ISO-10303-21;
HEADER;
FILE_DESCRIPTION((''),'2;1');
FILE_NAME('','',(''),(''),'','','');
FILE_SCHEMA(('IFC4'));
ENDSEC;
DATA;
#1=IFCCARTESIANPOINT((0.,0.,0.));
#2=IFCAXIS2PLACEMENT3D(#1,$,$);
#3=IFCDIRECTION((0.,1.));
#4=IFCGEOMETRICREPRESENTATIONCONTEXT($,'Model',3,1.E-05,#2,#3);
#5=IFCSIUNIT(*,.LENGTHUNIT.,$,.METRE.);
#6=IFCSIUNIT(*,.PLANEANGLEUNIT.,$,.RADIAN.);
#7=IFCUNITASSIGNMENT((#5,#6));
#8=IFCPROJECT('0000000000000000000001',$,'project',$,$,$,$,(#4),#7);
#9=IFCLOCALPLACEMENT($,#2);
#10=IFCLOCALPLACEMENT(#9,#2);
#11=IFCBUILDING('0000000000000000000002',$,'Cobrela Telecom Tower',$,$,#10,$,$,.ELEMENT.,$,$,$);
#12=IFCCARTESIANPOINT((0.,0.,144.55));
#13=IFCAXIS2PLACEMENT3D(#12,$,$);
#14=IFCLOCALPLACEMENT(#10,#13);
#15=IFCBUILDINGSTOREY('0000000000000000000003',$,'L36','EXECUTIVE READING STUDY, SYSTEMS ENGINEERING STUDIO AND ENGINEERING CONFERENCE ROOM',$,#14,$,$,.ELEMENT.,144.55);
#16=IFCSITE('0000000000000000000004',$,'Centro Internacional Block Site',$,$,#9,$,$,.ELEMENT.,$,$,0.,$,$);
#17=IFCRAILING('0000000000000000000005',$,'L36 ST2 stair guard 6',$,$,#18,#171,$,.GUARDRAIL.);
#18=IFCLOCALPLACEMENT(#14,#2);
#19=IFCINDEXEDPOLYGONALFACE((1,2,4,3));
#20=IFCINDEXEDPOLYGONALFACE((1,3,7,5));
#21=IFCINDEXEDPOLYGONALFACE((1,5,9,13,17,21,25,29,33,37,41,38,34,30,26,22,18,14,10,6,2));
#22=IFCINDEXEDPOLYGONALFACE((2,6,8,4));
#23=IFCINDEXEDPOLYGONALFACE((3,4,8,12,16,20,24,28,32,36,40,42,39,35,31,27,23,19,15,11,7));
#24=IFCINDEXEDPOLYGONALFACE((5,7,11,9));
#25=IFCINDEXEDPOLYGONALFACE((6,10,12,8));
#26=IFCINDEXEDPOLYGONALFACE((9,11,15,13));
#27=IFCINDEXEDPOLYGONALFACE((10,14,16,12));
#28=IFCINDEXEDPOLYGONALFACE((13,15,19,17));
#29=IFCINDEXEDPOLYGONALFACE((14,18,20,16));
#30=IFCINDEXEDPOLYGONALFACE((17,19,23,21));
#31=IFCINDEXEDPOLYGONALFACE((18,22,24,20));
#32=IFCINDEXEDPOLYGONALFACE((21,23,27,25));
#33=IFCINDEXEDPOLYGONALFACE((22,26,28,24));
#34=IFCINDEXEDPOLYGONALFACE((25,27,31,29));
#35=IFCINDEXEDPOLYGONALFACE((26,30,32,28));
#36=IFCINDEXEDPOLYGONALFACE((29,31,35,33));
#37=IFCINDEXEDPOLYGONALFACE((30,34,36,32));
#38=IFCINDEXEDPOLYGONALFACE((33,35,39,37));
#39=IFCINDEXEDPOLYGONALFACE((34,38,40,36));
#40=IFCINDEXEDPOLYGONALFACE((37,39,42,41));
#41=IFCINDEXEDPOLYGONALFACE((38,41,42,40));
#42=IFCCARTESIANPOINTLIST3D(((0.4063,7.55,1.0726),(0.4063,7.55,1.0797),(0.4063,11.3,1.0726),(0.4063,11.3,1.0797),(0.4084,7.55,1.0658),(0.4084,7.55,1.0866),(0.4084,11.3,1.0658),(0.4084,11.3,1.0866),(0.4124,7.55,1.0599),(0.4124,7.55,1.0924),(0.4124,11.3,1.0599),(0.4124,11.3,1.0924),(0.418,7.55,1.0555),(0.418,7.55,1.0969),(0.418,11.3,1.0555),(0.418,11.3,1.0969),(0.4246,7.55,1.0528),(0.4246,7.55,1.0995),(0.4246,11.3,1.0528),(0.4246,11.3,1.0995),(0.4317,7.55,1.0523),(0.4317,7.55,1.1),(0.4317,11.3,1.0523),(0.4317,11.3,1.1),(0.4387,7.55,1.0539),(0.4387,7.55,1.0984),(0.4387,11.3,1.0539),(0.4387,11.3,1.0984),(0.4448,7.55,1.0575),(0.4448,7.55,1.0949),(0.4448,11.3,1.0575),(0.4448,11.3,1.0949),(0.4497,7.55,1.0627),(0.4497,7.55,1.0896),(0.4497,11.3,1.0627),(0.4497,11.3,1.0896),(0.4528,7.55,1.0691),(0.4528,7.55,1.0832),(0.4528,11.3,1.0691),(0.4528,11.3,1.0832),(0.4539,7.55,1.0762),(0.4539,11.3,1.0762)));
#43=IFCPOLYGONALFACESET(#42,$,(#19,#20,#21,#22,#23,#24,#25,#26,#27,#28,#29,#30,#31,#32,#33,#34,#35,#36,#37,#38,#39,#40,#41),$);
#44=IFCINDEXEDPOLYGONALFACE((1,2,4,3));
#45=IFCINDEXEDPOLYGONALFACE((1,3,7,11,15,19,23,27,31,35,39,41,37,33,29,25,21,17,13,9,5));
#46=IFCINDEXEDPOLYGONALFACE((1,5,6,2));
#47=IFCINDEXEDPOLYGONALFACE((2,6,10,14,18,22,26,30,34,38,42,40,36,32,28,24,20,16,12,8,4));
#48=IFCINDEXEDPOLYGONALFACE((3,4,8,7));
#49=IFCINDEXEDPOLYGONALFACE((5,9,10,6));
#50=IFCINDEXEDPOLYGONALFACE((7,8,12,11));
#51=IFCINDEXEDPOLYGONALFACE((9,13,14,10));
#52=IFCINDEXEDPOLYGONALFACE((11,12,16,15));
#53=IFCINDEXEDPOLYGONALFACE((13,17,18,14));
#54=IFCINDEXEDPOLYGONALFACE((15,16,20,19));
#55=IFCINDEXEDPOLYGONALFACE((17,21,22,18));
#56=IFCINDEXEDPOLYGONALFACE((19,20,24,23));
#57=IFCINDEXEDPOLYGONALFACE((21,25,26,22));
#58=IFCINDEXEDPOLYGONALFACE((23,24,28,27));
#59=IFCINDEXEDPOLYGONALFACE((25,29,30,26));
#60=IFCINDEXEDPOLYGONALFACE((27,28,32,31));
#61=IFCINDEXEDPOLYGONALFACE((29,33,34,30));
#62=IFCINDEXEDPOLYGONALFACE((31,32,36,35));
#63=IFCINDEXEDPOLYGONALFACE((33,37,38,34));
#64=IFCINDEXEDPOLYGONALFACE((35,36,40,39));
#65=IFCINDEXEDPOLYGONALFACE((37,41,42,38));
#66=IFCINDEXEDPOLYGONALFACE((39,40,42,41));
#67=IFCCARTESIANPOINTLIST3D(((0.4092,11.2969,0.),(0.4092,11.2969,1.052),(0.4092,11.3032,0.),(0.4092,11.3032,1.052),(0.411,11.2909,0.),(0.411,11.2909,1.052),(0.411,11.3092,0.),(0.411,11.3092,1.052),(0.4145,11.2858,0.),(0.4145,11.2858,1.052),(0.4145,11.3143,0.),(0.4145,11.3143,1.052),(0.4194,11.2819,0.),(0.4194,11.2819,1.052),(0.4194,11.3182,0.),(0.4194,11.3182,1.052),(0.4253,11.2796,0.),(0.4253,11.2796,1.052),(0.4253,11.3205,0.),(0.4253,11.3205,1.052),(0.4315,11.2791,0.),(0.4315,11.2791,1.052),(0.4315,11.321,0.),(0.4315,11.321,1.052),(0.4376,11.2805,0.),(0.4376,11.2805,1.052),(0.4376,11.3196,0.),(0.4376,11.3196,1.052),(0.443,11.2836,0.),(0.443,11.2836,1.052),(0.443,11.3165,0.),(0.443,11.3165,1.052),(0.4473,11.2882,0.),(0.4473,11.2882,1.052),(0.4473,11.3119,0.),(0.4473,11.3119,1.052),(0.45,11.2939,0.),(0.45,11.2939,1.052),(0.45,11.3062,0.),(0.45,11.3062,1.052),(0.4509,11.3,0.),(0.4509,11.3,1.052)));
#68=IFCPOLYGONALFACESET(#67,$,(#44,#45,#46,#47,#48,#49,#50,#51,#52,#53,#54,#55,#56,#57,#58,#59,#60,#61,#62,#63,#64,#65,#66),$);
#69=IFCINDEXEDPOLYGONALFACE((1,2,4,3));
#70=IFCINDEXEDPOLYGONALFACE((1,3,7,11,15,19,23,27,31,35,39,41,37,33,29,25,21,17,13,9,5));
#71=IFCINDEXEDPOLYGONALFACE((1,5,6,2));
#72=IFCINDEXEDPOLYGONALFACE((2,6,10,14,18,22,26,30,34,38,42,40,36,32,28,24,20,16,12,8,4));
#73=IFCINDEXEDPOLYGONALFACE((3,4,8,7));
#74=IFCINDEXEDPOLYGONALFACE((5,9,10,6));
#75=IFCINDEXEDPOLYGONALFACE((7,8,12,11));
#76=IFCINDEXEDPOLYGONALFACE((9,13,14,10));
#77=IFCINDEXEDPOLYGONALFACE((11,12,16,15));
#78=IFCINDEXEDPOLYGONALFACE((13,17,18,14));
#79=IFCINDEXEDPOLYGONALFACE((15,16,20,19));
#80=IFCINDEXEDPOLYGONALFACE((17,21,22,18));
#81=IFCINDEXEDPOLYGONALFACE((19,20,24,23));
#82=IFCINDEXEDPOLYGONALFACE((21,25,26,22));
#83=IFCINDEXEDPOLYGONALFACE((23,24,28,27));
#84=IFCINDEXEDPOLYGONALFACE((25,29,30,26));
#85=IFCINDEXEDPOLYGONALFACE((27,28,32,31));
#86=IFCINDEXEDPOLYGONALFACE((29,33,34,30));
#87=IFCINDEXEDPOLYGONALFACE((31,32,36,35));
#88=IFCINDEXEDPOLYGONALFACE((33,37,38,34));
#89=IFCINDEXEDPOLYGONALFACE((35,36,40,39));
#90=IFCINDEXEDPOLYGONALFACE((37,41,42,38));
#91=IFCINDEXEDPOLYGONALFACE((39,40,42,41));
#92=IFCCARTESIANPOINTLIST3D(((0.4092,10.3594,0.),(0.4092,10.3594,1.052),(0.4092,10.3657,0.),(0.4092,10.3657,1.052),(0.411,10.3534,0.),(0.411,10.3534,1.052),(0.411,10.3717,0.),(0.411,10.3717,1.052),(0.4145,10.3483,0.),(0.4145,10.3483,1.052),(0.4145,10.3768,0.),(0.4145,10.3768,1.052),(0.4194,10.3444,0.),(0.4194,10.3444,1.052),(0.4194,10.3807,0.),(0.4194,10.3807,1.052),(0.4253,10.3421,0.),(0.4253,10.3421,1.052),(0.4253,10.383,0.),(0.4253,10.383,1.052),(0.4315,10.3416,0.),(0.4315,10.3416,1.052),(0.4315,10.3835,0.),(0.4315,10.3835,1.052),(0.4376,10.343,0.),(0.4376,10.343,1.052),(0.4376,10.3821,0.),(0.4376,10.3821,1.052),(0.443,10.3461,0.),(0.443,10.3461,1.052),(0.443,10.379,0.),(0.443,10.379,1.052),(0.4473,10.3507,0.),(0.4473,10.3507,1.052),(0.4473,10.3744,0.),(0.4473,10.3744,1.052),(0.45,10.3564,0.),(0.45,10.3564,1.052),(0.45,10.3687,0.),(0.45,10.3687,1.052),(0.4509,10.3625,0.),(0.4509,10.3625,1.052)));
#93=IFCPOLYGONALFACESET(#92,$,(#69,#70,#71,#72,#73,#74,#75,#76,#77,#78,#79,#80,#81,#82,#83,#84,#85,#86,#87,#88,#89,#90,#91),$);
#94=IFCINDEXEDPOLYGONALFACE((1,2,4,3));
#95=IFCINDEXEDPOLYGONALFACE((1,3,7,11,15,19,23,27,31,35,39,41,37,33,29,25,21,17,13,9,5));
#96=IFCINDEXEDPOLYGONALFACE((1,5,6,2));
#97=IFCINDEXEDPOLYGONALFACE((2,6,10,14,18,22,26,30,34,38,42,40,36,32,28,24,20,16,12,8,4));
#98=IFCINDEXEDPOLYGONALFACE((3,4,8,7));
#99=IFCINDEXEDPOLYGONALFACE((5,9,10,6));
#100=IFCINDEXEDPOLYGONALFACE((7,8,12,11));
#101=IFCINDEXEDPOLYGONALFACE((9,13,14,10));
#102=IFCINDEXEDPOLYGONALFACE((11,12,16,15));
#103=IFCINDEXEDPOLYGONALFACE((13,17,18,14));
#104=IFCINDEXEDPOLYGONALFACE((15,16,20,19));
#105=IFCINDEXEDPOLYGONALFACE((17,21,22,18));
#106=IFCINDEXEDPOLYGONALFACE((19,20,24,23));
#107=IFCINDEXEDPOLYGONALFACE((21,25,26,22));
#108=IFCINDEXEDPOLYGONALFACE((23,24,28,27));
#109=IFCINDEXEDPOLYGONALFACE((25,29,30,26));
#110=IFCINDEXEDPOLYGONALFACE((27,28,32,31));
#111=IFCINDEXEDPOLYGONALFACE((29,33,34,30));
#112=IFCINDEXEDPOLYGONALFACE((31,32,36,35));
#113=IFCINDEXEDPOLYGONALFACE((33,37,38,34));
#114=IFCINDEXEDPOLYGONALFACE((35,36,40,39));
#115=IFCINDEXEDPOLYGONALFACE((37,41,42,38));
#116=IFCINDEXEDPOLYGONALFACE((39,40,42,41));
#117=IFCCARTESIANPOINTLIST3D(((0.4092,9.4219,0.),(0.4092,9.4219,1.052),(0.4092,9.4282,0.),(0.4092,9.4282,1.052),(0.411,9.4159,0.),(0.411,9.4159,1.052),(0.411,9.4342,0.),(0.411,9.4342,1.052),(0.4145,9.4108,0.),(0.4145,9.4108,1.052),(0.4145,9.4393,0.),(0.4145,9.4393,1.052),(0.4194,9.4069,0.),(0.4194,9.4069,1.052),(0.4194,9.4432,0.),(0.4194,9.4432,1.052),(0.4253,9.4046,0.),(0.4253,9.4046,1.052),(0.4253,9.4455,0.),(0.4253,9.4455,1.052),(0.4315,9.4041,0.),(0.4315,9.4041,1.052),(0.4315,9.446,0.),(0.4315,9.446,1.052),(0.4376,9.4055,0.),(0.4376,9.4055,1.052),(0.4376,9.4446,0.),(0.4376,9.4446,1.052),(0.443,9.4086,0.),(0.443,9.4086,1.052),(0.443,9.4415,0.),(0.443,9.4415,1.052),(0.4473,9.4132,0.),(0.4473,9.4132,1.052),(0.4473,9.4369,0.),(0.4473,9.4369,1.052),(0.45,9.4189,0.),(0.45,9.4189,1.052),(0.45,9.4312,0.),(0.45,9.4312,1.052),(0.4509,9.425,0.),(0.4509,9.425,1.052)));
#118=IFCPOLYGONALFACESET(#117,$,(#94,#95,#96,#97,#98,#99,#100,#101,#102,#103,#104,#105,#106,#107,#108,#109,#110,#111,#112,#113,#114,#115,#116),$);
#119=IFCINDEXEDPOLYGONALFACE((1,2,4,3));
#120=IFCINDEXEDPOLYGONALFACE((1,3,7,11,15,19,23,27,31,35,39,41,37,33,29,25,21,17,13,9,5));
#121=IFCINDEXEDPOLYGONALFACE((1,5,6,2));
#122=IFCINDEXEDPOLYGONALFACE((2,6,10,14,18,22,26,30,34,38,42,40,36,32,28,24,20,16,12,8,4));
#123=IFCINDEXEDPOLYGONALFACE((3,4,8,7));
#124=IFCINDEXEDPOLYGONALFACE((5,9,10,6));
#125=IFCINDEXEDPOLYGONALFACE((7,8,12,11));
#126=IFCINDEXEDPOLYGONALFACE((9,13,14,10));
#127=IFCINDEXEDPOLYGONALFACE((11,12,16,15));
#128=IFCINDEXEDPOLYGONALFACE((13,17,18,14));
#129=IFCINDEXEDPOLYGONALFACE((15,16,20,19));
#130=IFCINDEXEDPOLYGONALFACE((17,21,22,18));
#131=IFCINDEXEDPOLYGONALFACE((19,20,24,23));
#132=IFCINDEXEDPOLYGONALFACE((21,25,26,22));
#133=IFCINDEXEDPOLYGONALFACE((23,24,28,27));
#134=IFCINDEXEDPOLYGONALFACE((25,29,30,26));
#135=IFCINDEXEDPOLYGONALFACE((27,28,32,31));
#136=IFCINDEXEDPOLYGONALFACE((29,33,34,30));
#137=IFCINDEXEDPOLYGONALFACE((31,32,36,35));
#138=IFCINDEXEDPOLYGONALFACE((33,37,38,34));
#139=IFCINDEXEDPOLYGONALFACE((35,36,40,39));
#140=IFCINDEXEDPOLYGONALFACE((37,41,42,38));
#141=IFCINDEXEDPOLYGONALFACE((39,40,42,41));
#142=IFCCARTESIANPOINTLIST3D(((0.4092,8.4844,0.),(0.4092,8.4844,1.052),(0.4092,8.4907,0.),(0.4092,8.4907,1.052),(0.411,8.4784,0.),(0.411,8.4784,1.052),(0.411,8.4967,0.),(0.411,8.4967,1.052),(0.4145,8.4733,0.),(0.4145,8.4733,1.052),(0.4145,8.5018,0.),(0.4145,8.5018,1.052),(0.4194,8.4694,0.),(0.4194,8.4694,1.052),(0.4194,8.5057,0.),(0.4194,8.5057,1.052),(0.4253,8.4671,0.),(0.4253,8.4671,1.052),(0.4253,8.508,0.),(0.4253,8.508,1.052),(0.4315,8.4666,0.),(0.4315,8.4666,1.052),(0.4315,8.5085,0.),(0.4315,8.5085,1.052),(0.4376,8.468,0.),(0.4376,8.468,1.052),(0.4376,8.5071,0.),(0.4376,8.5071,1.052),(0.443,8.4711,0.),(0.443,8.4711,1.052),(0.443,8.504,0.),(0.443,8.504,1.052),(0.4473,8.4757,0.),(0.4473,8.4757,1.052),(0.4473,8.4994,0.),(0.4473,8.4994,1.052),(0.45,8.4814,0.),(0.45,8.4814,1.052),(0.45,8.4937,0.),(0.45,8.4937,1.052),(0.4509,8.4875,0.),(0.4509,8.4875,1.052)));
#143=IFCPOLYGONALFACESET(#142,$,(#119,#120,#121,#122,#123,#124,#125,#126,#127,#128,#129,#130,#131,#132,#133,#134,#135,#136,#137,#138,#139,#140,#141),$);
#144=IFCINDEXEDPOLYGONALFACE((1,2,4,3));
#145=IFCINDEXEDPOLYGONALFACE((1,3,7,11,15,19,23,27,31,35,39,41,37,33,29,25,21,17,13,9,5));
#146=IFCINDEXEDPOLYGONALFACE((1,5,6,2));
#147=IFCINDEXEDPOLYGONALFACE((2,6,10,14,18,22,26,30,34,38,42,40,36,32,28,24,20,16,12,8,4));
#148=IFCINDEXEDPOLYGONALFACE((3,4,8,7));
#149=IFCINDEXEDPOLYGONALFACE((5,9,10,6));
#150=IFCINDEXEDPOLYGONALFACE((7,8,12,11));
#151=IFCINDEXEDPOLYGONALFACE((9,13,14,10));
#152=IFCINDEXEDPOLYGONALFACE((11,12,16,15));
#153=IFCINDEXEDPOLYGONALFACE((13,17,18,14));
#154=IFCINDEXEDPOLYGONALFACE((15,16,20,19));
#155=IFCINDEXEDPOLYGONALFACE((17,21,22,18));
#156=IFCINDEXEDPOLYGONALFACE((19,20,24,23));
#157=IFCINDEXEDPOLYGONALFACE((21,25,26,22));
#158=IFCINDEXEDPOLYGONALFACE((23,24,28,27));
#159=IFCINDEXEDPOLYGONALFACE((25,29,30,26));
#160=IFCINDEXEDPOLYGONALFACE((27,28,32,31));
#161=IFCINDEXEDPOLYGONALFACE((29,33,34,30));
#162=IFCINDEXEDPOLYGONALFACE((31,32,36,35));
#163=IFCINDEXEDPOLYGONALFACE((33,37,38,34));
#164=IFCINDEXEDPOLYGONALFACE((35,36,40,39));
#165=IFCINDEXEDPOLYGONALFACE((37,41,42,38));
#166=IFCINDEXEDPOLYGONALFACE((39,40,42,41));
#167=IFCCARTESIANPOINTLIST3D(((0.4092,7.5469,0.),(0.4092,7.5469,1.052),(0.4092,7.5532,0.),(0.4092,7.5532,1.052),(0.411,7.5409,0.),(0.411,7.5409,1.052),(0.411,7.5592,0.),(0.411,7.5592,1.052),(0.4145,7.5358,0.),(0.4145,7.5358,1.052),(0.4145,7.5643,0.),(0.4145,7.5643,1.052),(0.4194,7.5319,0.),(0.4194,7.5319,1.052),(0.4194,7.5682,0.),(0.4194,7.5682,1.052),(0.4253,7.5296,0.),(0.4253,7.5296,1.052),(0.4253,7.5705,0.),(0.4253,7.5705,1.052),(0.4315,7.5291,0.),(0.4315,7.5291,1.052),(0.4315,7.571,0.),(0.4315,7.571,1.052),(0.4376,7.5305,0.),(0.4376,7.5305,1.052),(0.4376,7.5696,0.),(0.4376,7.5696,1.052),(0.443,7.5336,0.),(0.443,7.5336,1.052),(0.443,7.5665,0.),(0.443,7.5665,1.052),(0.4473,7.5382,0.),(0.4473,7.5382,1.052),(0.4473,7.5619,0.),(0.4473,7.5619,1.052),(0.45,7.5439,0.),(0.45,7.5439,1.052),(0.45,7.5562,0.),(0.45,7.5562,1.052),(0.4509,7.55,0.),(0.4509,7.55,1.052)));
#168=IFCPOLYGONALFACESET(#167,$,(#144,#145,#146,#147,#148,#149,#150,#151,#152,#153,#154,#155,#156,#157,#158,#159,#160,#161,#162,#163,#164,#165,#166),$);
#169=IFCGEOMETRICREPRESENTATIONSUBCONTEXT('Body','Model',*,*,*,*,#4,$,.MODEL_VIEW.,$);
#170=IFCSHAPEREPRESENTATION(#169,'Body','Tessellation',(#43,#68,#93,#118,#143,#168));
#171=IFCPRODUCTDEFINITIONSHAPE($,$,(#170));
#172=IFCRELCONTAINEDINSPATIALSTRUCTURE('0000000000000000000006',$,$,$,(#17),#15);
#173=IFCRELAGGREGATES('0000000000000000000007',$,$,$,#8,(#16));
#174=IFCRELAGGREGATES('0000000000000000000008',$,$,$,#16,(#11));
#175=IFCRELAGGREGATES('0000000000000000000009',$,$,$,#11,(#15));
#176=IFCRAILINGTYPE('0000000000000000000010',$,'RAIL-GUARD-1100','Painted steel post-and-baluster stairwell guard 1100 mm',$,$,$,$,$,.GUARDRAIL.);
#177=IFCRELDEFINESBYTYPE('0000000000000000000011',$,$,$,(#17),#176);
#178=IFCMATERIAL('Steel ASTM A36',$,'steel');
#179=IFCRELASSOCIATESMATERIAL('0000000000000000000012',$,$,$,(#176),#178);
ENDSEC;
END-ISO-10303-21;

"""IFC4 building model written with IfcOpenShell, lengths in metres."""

from ifc_helpers import new_model, si_unit, direction, frame, origin, origin_2d, place, context, subcontext, project, spatial, circle, extrude, material, type_object, element, save


model = new_model("IFC4")

# Units and contexts
model_context = context("Model", 3, precision=1e-05, world=origin(), true_north=direction((0.0, 1.0)))
body_context = subcontext(model_context, "Body", "Model", "MODEL_VIEW")
ifc_project = project(units=[si_unit("LENGTHUNIT", "METRE"), si_unit("PLANEANGLEUNIT", "RADIAN")], contexts=[model_context])

# Site, building, storey
site_placement = place(None, origin())
site = spatial("IfcSite", under=ifc_project, at=site_placement, Name="Centro Internacional Block Site", CompositionType="ELEMENT", RefElevation=0.0)
building_placement = place(site_placement, origin())
building = spatial("IfcBuilding", under=site, at=building_placement, Name="Cobrela Telecom Tower", CompositionType="ELEMENT")
storey_placement = place(building_placement, frame((0.0, 0.0, 144.55)))
storey = spatial("IfcBuildingStorey", under=building, at=storey_placement, Name="L36", Description="EXECUTIVE READING STUDY, SYSTEMS ENGINEERING STUDIO AND ENGINEERING CONFERENCE ROOM", CompositionType="ELEMENT", Elevation=144.55)

# Shared definitions
ifc_material_1 = material(Name="Steel ASTM A36", Category="steel")

# Railing
railing_type_1 = type_object("IfcRailingType", Name="RAIL-GUARD-1100", Description="Painted steel post-and-baluster stairwell guard 1100 mm", PredefinedType="GUARDRAIL", material=ifc_material_1)
railing_1_placement = place(storey_placement, frame((0.4299, 11.3, 0.0)))
element("IfcRailing", 1, at=railing_1_placement, inside=storey, type_object=railing_type_1, Name="L36 ST2 stair guard 6", PredefinedType="GUARDRAIL", context=body_context, shape_type="SweptSolid", body=[
    extrude(circle(Radius=0.0239, at=origin_2d()), frame((0.0, 0.0, 1.0762), z_axis=(0.0, -1.0, 0.0), x_axis=(1.0, 0.0, 0.0)), (0.0, 0.0, 1.0), 3.75),
    extrude(circle(Radius=0.021, at=origin_2d()), origin(), (0.0, 0.0, 1.0), 1.052),
    extrude(circle(Radius=0.021, at=origin_2d()), frame((0.0, -0.9375, 0.0)), (0.0, 0.0, 1.0), 1.052),
    extrude(circle(Radius=0.021, at=origin_2d()), frame((0.0, -1.875, 0.0)), (0.0, 0.0, 1.0), 1.052),
    extrude(circle(Radius=0.021, at=origin_2d()), frame((0.0, -2.8125, 0.0)), (0.0, 0.0, 1.0), 1.052),
    extrude(circle(Radius=0.021, at=origin_2d()), frame((0.0, -3.75, 0.0)), (0.0, 0.0, 1.0), 1.052),
])

save(model, "model.ifc")
